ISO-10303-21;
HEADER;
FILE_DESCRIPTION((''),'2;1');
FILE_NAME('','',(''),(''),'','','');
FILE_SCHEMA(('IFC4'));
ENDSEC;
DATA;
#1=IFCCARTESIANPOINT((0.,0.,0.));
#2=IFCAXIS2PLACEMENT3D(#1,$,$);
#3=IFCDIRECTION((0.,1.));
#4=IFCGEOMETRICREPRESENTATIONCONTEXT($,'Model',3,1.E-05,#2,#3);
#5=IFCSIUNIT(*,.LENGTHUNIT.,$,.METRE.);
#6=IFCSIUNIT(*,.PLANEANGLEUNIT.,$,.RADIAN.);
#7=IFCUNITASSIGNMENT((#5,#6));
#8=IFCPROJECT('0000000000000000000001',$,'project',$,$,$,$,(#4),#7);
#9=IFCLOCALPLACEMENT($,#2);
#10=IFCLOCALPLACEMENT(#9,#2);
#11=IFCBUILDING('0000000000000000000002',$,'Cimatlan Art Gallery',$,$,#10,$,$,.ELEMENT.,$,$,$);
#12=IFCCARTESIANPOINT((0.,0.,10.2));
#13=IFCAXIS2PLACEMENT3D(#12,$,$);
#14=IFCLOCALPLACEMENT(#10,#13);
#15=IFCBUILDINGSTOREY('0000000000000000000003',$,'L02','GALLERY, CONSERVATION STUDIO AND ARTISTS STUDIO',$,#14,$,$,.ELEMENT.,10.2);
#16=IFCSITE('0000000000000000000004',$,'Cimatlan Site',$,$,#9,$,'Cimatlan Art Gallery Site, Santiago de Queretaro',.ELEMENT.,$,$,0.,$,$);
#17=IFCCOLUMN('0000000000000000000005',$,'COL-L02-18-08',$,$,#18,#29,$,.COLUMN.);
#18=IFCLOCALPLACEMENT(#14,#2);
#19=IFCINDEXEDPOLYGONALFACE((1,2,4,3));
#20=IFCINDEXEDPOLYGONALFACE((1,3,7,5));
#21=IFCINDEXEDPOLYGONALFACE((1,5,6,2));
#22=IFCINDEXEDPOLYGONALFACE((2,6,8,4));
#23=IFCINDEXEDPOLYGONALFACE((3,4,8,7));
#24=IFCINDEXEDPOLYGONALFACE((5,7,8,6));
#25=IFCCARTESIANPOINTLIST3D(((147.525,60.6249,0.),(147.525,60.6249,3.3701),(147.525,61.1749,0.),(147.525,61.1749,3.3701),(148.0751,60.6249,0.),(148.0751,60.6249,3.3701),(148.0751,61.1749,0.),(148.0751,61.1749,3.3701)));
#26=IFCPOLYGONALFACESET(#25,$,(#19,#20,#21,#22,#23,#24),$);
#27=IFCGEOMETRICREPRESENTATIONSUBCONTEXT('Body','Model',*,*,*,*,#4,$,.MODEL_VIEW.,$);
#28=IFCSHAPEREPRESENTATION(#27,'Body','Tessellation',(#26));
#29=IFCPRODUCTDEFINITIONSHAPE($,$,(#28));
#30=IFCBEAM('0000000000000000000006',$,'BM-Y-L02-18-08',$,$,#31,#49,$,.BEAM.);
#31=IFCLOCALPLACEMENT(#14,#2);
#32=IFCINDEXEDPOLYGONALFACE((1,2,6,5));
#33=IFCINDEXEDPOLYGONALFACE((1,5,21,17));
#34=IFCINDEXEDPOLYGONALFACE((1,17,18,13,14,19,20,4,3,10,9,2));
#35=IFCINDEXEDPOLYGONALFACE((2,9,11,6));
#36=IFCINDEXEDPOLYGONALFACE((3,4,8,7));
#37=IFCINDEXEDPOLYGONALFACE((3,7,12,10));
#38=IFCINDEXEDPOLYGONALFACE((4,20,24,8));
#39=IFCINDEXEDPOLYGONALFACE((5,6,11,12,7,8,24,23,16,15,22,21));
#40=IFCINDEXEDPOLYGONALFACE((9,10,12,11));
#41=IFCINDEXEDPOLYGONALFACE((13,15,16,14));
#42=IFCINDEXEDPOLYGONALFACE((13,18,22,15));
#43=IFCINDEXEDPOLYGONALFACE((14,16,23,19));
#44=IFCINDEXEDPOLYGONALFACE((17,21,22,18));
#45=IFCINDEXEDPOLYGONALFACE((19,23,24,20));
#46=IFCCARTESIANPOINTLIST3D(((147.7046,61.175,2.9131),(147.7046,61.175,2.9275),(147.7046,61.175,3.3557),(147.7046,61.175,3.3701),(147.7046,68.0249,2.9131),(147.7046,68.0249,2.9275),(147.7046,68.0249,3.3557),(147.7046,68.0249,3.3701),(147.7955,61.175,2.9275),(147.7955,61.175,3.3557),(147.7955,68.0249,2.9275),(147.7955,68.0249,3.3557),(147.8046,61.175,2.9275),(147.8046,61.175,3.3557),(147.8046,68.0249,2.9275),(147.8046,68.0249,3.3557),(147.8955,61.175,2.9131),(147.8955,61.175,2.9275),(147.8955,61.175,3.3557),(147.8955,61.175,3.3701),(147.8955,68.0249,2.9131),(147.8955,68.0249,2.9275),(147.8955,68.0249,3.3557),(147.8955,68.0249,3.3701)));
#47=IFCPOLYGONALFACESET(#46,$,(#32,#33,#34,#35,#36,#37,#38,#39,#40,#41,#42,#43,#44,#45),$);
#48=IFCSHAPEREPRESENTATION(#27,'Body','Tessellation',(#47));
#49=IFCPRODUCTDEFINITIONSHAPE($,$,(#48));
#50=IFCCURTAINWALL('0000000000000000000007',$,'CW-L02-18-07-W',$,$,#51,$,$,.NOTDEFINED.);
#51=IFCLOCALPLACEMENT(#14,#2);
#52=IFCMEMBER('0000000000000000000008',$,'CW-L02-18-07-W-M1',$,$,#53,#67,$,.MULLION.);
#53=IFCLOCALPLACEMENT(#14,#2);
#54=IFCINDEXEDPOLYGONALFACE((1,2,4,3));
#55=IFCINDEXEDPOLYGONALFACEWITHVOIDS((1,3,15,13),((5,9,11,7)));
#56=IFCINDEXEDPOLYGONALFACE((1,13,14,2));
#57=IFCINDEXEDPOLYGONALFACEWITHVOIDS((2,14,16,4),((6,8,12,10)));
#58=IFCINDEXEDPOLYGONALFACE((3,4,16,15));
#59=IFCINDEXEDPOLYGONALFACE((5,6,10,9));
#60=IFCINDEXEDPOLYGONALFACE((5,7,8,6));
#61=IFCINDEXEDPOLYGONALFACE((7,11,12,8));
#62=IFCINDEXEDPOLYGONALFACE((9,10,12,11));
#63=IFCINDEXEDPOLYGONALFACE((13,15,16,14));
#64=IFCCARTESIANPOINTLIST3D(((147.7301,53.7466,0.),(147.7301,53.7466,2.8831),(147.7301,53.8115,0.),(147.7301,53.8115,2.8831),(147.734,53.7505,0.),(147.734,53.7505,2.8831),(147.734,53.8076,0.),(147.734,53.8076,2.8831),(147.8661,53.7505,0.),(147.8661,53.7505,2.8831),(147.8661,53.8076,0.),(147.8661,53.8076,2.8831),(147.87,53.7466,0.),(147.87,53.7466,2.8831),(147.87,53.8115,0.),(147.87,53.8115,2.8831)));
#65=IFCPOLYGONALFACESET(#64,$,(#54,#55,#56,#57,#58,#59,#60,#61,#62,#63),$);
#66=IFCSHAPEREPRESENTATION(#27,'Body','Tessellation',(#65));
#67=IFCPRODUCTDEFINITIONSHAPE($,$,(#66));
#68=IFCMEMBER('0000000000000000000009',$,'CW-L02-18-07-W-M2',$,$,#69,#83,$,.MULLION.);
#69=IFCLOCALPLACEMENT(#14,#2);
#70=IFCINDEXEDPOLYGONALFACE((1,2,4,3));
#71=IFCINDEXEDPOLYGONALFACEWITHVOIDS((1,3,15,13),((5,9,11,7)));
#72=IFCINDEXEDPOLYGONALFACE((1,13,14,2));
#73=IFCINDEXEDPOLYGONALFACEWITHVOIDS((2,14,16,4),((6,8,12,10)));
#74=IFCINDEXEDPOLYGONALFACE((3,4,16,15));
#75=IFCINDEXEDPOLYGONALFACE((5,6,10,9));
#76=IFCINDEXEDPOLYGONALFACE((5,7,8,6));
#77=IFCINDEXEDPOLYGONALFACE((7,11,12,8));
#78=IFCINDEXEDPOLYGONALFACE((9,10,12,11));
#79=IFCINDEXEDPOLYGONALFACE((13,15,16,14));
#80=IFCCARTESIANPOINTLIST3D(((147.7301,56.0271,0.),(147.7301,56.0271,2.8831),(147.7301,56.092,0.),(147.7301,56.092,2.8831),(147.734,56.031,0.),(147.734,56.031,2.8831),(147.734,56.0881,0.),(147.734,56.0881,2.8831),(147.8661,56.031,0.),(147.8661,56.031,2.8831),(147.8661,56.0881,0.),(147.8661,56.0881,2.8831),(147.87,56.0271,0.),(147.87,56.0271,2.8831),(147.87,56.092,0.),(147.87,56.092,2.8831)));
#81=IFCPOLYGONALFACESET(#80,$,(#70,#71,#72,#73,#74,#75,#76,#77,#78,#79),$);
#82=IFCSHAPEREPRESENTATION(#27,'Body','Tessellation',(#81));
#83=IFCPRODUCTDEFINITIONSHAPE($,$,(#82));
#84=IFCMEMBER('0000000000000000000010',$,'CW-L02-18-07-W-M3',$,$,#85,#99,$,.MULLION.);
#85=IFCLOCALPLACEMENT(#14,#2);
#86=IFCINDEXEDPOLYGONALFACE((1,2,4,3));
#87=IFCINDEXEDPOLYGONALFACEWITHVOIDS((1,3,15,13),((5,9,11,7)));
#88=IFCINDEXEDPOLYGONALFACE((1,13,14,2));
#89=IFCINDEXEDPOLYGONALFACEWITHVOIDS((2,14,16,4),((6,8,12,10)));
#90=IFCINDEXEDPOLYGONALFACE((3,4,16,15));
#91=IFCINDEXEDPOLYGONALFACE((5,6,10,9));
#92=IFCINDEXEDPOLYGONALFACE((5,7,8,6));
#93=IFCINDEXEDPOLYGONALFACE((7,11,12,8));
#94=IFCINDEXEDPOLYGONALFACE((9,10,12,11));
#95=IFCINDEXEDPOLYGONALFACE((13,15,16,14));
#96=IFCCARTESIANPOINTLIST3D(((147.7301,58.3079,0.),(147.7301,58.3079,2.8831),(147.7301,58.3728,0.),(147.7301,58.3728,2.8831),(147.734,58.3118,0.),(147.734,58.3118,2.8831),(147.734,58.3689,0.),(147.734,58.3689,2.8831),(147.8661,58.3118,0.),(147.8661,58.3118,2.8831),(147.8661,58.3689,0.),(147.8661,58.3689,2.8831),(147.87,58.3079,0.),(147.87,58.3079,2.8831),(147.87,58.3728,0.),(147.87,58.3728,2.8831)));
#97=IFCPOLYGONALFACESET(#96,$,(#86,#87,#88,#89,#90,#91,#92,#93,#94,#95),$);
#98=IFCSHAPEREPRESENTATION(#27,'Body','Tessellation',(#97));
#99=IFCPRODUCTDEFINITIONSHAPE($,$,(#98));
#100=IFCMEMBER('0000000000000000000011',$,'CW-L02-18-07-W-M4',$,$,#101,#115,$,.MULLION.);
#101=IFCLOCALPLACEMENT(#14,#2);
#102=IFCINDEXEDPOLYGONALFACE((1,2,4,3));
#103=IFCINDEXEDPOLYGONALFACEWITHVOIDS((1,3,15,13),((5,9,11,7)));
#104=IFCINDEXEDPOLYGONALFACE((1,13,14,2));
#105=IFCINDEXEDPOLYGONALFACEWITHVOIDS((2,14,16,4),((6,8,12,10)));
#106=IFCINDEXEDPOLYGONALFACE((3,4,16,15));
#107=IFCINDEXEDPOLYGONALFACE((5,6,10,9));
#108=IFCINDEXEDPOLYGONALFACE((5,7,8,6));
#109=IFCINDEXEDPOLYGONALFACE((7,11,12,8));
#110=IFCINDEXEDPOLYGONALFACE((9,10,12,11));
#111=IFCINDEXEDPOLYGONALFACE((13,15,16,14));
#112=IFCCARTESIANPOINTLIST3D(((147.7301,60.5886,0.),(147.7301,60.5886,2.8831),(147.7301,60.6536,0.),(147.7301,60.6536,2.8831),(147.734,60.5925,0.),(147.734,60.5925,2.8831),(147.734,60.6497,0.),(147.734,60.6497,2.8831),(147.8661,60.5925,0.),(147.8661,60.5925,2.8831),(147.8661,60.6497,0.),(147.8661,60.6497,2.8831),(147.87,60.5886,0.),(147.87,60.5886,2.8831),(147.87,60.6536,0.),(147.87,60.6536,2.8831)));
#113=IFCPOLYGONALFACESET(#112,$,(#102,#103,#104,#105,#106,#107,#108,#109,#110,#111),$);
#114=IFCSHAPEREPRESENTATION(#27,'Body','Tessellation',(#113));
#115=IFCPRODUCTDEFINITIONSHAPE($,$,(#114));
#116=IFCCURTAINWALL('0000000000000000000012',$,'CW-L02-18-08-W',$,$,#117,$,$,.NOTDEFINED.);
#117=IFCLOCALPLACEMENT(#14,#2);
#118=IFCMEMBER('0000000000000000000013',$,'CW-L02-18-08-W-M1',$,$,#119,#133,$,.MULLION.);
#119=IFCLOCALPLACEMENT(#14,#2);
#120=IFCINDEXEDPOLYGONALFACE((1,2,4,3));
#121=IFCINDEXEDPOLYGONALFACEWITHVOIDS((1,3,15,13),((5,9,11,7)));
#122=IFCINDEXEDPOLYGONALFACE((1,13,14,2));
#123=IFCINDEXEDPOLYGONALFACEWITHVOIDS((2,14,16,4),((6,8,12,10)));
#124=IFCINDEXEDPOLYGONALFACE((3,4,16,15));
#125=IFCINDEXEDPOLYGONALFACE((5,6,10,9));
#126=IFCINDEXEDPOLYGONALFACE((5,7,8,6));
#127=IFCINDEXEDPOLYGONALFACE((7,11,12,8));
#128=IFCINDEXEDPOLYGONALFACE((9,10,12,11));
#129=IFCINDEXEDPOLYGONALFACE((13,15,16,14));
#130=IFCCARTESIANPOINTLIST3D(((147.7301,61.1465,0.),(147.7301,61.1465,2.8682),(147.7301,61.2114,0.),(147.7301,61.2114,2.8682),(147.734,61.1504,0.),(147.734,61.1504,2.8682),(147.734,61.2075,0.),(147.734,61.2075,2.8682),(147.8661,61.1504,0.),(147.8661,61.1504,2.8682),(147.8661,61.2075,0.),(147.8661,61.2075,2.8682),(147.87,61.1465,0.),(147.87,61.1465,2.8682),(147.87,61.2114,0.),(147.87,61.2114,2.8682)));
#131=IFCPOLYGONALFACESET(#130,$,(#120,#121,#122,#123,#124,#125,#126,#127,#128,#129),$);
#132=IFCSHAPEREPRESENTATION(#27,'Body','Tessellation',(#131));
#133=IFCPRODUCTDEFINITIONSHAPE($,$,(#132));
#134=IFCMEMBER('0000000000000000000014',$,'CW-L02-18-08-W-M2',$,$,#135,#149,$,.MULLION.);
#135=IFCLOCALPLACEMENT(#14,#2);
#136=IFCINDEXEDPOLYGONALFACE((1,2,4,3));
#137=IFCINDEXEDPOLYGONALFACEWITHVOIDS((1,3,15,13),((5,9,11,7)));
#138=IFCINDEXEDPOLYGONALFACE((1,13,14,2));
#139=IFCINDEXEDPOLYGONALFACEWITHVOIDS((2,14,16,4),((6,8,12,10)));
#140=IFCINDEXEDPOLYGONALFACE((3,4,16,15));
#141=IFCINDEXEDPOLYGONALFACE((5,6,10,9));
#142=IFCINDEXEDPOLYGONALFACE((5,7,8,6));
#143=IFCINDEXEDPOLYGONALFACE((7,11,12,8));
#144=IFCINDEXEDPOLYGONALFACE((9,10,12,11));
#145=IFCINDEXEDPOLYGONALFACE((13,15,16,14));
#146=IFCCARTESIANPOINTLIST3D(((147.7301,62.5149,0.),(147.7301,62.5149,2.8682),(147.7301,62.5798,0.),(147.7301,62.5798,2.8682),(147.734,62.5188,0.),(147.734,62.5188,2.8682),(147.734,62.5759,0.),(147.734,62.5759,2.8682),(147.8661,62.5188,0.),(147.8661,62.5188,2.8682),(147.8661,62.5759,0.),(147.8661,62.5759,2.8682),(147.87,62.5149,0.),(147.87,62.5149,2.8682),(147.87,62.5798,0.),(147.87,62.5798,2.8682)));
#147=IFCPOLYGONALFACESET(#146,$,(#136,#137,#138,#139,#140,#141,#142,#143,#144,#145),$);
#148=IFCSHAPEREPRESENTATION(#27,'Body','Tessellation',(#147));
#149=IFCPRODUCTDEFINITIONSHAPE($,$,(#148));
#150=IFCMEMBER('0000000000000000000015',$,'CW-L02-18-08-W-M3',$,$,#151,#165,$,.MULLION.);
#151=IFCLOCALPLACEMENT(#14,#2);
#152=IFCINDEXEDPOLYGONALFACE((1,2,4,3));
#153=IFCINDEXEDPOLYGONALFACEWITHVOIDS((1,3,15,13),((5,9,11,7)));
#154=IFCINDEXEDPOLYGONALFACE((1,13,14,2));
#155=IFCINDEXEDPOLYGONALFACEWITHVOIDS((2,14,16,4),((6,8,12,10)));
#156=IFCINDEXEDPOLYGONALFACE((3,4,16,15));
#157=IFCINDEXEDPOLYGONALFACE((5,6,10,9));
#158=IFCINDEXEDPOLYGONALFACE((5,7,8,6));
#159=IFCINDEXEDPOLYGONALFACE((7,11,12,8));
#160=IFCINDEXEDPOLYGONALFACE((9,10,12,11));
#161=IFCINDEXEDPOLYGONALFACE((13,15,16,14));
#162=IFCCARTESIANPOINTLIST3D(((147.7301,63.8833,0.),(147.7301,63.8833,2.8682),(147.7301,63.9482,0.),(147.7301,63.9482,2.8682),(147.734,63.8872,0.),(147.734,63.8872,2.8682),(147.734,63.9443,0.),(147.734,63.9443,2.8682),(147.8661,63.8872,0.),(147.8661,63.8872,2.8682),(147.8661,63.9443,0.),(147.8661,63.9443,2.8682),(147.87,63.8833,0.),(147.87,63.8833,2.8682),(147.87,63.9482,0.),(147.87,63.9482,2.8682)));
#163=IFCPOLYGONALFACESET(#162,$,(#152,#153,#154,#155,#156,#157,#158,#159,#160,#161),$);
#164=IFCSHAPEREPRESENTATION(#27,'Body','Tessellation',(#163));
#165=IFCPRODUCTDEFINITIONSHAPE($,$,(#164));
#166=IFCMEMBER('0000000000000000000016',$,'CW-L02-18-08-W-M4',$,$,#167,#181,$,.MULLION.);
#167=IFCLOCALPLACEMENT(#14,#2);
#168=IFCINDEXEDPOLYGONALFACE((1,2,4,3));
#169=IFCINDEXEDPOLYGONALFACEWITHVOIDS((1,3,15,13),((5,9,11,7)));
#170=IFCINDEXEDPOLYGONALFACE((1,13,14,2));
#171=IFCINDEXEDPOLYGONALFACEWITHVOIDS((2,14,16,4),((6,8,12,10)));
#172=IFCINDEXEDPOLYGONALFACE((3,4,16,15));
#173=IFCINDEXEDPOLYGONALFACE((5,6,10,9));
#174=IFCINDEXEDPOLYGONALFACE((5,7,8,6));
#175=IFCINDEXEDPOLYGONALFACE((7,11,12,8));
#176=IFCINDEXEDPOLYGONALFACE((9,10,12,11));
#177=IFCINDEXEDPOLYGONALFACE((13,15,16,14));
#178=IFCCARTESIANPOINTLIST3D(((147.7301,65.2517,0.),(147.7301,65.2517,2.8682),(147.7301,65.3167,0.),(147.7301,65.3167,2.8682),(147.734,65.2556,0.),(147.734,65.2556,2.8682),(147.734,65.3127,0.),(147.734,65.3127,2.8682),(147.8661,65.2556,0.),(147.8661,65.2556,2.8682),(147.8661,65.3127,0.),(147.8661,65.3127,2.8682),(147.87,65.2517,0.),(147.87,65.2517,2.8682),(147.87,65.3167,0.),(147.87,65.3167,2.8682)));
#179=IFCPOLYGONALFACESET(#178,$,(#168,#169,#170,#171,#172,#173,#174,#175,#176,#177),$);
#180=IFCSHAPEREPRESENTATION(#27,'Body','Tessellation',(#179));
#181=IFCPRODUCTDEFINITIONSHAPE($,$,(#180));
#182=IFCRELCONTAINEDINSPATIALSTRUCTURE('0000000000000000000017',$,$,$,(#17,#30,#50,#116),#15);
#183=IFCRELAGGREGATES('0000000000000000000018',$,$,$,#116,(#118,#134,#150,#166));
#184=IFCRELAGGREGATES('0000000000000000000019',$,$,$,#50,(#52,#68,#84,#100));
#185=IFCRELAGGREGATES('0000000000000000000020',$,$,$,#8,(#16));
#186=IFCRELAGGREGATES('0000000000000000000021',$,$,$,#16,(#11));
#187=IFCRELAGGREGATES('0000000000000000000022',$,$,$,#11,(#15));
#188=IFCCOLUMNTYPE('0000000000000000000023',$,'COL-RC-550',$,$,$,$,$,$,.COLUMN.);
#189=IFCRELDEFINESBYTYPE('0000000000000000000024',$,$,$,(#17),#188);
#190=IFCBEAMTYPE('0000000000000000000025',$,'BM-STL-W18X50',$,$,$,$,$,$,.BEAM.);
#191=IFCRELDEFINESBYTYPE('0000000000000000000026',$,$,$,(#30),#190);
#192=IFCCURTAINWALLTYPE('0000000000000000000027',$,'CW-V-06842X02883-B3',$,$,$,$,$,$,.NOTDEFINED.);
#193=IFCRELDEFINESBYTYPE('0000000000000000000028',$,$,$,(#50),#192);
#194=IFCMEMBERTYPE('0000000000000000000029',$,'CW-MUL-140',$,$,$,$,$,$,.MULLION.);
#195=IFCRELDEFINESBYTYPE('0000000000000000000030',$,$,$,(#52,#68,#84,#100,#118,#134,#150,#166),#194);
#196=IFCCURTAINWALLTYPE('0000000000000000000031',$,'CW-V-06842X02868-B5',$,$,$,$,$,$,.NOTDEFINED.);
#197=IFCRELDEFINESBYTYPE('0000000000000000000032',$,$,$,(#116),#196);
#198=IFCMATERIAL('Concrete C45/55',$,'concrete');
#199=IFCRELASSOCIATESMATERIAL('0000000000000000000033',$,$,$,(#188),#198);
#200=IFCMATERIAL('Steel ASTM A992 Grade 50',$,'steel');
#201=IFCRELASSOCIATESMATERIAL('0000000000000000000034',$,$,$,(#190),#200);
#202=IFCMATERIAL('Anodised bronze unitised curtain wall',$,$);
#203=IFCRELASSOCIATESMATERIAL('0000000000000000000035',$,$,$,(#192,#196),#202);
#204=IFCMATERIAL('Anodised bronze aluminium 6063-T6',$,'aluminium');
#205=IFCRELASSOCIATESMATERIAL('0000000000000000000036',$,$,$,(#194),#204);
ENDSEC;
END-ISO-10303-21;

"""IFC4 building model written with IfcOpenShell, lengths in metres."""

from ifc_helpers import new_model, si_unit, direction, frame, origin, origin_2d, place, context, subcontext, project, spatial, rectangle, hollow_rectangle, i_section, extrude, material, material_profile, profile_set, type_object, element, aggregate, save


model = new_model("IFC4")

# Units and contexts
model_context = context("Model", 3, precision=1e-05, world=origin(), true_north=direction((0.0, 1.0)))
body_context = subcontext(model_context, "Body", "Model", "MODEL_VIEW")
ifc_project = project(units=[si_unit("LENGTHUNIT", "METRE"), si_unit("PLANEANGLEUNIT", "RADIAN")], contexts=[model_context])

# Site, building, storey
site_placement = place(None, origin())
site = spatial("IfcSite", under=ifc_project, at=site_placement, Name="Cimatlan Site", LongName="Cimatlan Art Gallery Site, Santiago de Queretaro", CompositionType="ELEMENT", RefElevation=0.0)
building_placement = place(site_placement, origin())
building = spatial("IfcBuilding", under=site, at=building_placement, Name="Cimatlan Art Gallery", CompositionType="ELEMENT")
storey_placement = place(building_placement, frame((0.0, 0.0, 10.2)))
storey = spatial("IfcBuildingStorey", under=building, at=storey_placement, Name="L02", Description="GALLERY, CONSERVATION STUDIO AND ARTISTS STUDIO", CompositionType="ELEMENT", Elevation=10.2)

# Column
ifc_material_1 = material(Name="Concrete C45/55", Category="concrete")
ifc_material_profile_1 = material_profile(ifc_material_1, rectangle(XDim=0.55, YDim=0.55, at=origin_2d()), Name="RC550X550")
ifc_profile_set_1 = profile_set([ifc_material_profile_1], Name="Concrete C45/55")
column_type = type_object("IfcColumnType", Name="COL-RC-550", PredefinedType="COLUMN", material=ifc_profile_set_1)
column_placement = place(storey_placement, frame((147.8, 60.8999, 0.0), z_axis=(0.0, 0.0, 1.0), x_axis=(1.0, 0.0, 0.0)))
element("IfcColumn", 1, at=column_placement, inside=storey, type_object=column_type, Name="COL-L02-18-08", PredefinedType="COLUMN", context=body_context, shape_type="SweptSolid", body=[
    extrude(rectangle(XDim=0.55, YDim=0.55, at=origin_2d()), origin(), (0.0, 0.0, 1.0), 3.3701),
])

# Beam
ifc_material_2 = material(Name="Steel ASTM A992 Grade 50", Category="steel")
ifc_material_profile_2 = material_profile(ifc_material_2, i_section(OverallWidth=0.1909, OverallDepth=0.457, WebThickness=0.009, FlangeThickness=0.0144, at=origin_2d()), Name="W18X50")
ifc_profile_set_2 = profile_set([ifc_material_profile_2], Name="Steel ASTM A992 Grade 50")
beam_type = type_object("IfcBeamType", Name="BM-STL-W18X50", PredefinedType="BEAM", material=ifc_profile_set_2)
beam_placement = place(storey_placement, frame((147.8, 61.175, 3.1416), z_axis=(0.0, 1.0, 0.0), x_axis=(-1.0, 0.0, 0.0)))
element("IfcBeam", 2, at=beam_placement, inside=storey, type_object=beam_type, Name="BM-Y-L02-18-08", PredefinedType="BEAM", context=body_context, shape_type="SweptSolid", body=[
    extrude(i_section(OverallWidth=0.1909, OverallDepth=0.457, WebThickness=0.009, FlangeThickness=0.0144, at=origin_2d()), origin(), (0.0, 0.0, 1.0), 6.8499),
])

# Curtain walls, members
ifc_material_3 = material(Name="Anodised bronze unitised curtain wall")
curtain_wall_type_1 = type_object("IfcCurtainWallType", Name="CW-V-06842X02883-B3", PredefinedType="NOTDEFINED", material=ifc_material_3)
curtain_wall_1_placement = place(storey_placement, origin())
curtain_wall_1 = element("IfcCurtainWall", 3, at=curtain_wall_1_placement, inside=storey, type_object=curtain_wall_type_1, Name="CW-L02-18-07-W", PredefinedType="NOTDEFINED")
ifc_material_4 = material(Name="Anodised bronze aluminium 6063-T6", Category="aluminium")
ifc_material_profile_3 = material_profile(ifc_material_4, hollow_rectangle(XDim=0.0649, YDim=0.1399, WallThickness=0.0039, at=origin_2d()), Name="ALU65X140X4")
ifc_profile_set_3 = profile_set([ifc_material_profile_3], Name="Anodised bronze aluminium 6063-T6")
member_type_1 = type_object("IfcMemberType", Name="CW-MUL-140", PredefinedType="MULLION", material=ifc_profile_set_3)
member_1_placement = place(storey_placement, frame((147.8, 53.7791, 0.0), z_axis=(0.0, 0.0, 1.0), x_axis=(0.0, 1.0, 0.0)))
member_1 = element("IfcMember", 4, at=member_1_placement, type_object=member_type_1, Name="CW-L02-18-07-W-M1", PredefinedType="MULLION", context=body_context, shape_type="SweptSolid", body=[
    extrude(hollow_rectangle(XDim=0.0649, YDim=0.1399, WallThickness=0.0039, at=origin_2d()), origin(), (0.0, 0.0, 1.0), 2.8831),
])
member_2_placement = place(storey_placement, frame((147.8, 56.0596, 0.0), z_axis=(0.0, 0.0, 1.0), x_axis=(0.0, 1.0, 0.0)))
member_2 = element("IfcMember", 5, at=member_2_placement, type_object=member_type_1, Name="CW-L02-18-07-W-M2", PredefinedType="MULLION", context=body_context, shape_type="SweptSolid", body=[
    extrude(hollow_rectangle(XDim=0.0649, YDim=0.1399, WallThickness=0.0039, at=origin_2d()), origin(), (0.0, 0.0, 1.0), 2.8831),
])
member_3_placement = place(storey_placement, frame((147.8, 58.3403, 0.0), z_axis=(0.0, 0.0, 1.0), x_axis=(0.0, 1.0, 0.0)))
member_3 = element("IfcMember", 6, at=member_3_placement, type_object=member_type_1, Name="CW-L02-18-07-W-M3", PredefinedType="MULLION", context=body_context, shape_type="SweptSolid", body=[
    extrude(hollow_rectangle(XDim=0.0649, YDim=0.1399, WallThickness=0.0039, at=origin_2d()), origin(), (0.0, 0.0, 1.0), 2.8831),
])
member_4_placement = place(storey_placement, frame((147.8, 60.6211, 0.0), z_axis=(0.0, 0.0, 1.0), x_axis=(0.0, 1.0, 0.0)))
member_4 = element("IfcMember", 7, at=member_4_placement, type_object=member_type_1, Name="CW-L02-18-07-W-M4", PredefinedType="MULLION", context=body_context, shape_type="SweptSolid", body=[
    extrude(hollow_rectangle(XDim=0.0649, YDim=0.1399, WallThickness=0.0039, at=origin_2d()), origin(), (0.0, 0.0, 1.0), 2.8831),
])
curtain_wall_type_2 = type_object("IfcCurtainWallType", Name="CW-V-06842X02868-B5", PredefinedType="NOTDEFINED", material=ifc_material_3)
curtain_wall_2_placement = place(storey_placement, origin())
curtain_wall_2 = element("IfcCurtainWall", 8, at=curtain_wall_2_placement, inside=storey, type_object=curtain_wall_type_2, Name="CW-L02-18-08-W", PredefinedType="NOTDEFINED")
member_5_placement = place(storey_placement, frame((147.8, 61.179, 0.0), z_axis=(0.0, 0.0, 1.0), x_axis=(0.0, 1.0, 0.0)))
member_5 = element("IfcMember", 9, at=member_5_placement, type_object=member_type_1, Name="CW-L02-18-08-W-M1", PredefinedType="MULLION", context=body_context, shape_type="SweptSolid", body=[
    extrude(hollow_rectangle(XDim=0.0649, YDim=0.1399, WallThickness=0.0039, at=origin_2d()), origin(), (0.0, 0.0, 1.0), 2.8682),
])
member_6_placement = place(storey_placement, frame((147.8, 62.5474, 0.0), z_axis=(0.0, 0.0, 1.0), x_axis=(0.0, 1.0, 0.0)))
member_6 = element("IfcMember", 10, at=member_6_placement, type_object=member_type_1, Name="CW-L02-18-08-W-M2", PredefinedType="MULLION", context=body_context, shape_type="SweptSolid", body=[
    extrude(hollow_rectangle(XDim=0.0649, YDim=0.1399, WallThickness=0.0039, at=origin_2d()), origin(), (0.0, 0.0, 1.0), 2.8682),
])
member_7_placement = place(storey_placement, frame((147.8, 63.9158, 0.0), z_axis=(0.0, 0.0, 1.0), x_axis=(0.0, 1.0, 0.0)))
member_7 = element("IfcMember", 11, at=member_7_placement, type_object=member_type_1, Name="CW-L02-18-08-W-M3", PredefinedType="MULLION", context=body_context, shape_type="SweptSolid", body=[
    extrude(hollow_rectangle(XDim=0.0649, YDim=0.1399, WallThickness=0.0039, at=origin_2d()), origin(), (0.0, 0.0, 1.0), 2.8682),
])
member_8_placement = place(storey_placement, frame((147.8, 65.2842, 0.0), z_axis=(0.0, 0.0, 1.0), x_axis=(0.0, 1.0, 0.0)))
member_8 = element("IfcMember", 12, at=member_8_placement, type_object=member_type_1, Name="CW-L02-18-08-W-M4", PredefinedType="MULLION", context=body_context, shape_type="SweptSolid", body=[
    extrude(hollow_rectangle(XDim=0.0649, YDim=0.1399, WallThickness=0.0039, at=origin_2d()), origin(), (0.0, 0.0, 1.0), 2.8682),
])

aggregate(curtain_wall_2, [member_5, member_6, member_7, member_8])
aggregate(curtain_wall_1, [member_1, member_2, member_3, member_4])

save(model, "model.ifc")
